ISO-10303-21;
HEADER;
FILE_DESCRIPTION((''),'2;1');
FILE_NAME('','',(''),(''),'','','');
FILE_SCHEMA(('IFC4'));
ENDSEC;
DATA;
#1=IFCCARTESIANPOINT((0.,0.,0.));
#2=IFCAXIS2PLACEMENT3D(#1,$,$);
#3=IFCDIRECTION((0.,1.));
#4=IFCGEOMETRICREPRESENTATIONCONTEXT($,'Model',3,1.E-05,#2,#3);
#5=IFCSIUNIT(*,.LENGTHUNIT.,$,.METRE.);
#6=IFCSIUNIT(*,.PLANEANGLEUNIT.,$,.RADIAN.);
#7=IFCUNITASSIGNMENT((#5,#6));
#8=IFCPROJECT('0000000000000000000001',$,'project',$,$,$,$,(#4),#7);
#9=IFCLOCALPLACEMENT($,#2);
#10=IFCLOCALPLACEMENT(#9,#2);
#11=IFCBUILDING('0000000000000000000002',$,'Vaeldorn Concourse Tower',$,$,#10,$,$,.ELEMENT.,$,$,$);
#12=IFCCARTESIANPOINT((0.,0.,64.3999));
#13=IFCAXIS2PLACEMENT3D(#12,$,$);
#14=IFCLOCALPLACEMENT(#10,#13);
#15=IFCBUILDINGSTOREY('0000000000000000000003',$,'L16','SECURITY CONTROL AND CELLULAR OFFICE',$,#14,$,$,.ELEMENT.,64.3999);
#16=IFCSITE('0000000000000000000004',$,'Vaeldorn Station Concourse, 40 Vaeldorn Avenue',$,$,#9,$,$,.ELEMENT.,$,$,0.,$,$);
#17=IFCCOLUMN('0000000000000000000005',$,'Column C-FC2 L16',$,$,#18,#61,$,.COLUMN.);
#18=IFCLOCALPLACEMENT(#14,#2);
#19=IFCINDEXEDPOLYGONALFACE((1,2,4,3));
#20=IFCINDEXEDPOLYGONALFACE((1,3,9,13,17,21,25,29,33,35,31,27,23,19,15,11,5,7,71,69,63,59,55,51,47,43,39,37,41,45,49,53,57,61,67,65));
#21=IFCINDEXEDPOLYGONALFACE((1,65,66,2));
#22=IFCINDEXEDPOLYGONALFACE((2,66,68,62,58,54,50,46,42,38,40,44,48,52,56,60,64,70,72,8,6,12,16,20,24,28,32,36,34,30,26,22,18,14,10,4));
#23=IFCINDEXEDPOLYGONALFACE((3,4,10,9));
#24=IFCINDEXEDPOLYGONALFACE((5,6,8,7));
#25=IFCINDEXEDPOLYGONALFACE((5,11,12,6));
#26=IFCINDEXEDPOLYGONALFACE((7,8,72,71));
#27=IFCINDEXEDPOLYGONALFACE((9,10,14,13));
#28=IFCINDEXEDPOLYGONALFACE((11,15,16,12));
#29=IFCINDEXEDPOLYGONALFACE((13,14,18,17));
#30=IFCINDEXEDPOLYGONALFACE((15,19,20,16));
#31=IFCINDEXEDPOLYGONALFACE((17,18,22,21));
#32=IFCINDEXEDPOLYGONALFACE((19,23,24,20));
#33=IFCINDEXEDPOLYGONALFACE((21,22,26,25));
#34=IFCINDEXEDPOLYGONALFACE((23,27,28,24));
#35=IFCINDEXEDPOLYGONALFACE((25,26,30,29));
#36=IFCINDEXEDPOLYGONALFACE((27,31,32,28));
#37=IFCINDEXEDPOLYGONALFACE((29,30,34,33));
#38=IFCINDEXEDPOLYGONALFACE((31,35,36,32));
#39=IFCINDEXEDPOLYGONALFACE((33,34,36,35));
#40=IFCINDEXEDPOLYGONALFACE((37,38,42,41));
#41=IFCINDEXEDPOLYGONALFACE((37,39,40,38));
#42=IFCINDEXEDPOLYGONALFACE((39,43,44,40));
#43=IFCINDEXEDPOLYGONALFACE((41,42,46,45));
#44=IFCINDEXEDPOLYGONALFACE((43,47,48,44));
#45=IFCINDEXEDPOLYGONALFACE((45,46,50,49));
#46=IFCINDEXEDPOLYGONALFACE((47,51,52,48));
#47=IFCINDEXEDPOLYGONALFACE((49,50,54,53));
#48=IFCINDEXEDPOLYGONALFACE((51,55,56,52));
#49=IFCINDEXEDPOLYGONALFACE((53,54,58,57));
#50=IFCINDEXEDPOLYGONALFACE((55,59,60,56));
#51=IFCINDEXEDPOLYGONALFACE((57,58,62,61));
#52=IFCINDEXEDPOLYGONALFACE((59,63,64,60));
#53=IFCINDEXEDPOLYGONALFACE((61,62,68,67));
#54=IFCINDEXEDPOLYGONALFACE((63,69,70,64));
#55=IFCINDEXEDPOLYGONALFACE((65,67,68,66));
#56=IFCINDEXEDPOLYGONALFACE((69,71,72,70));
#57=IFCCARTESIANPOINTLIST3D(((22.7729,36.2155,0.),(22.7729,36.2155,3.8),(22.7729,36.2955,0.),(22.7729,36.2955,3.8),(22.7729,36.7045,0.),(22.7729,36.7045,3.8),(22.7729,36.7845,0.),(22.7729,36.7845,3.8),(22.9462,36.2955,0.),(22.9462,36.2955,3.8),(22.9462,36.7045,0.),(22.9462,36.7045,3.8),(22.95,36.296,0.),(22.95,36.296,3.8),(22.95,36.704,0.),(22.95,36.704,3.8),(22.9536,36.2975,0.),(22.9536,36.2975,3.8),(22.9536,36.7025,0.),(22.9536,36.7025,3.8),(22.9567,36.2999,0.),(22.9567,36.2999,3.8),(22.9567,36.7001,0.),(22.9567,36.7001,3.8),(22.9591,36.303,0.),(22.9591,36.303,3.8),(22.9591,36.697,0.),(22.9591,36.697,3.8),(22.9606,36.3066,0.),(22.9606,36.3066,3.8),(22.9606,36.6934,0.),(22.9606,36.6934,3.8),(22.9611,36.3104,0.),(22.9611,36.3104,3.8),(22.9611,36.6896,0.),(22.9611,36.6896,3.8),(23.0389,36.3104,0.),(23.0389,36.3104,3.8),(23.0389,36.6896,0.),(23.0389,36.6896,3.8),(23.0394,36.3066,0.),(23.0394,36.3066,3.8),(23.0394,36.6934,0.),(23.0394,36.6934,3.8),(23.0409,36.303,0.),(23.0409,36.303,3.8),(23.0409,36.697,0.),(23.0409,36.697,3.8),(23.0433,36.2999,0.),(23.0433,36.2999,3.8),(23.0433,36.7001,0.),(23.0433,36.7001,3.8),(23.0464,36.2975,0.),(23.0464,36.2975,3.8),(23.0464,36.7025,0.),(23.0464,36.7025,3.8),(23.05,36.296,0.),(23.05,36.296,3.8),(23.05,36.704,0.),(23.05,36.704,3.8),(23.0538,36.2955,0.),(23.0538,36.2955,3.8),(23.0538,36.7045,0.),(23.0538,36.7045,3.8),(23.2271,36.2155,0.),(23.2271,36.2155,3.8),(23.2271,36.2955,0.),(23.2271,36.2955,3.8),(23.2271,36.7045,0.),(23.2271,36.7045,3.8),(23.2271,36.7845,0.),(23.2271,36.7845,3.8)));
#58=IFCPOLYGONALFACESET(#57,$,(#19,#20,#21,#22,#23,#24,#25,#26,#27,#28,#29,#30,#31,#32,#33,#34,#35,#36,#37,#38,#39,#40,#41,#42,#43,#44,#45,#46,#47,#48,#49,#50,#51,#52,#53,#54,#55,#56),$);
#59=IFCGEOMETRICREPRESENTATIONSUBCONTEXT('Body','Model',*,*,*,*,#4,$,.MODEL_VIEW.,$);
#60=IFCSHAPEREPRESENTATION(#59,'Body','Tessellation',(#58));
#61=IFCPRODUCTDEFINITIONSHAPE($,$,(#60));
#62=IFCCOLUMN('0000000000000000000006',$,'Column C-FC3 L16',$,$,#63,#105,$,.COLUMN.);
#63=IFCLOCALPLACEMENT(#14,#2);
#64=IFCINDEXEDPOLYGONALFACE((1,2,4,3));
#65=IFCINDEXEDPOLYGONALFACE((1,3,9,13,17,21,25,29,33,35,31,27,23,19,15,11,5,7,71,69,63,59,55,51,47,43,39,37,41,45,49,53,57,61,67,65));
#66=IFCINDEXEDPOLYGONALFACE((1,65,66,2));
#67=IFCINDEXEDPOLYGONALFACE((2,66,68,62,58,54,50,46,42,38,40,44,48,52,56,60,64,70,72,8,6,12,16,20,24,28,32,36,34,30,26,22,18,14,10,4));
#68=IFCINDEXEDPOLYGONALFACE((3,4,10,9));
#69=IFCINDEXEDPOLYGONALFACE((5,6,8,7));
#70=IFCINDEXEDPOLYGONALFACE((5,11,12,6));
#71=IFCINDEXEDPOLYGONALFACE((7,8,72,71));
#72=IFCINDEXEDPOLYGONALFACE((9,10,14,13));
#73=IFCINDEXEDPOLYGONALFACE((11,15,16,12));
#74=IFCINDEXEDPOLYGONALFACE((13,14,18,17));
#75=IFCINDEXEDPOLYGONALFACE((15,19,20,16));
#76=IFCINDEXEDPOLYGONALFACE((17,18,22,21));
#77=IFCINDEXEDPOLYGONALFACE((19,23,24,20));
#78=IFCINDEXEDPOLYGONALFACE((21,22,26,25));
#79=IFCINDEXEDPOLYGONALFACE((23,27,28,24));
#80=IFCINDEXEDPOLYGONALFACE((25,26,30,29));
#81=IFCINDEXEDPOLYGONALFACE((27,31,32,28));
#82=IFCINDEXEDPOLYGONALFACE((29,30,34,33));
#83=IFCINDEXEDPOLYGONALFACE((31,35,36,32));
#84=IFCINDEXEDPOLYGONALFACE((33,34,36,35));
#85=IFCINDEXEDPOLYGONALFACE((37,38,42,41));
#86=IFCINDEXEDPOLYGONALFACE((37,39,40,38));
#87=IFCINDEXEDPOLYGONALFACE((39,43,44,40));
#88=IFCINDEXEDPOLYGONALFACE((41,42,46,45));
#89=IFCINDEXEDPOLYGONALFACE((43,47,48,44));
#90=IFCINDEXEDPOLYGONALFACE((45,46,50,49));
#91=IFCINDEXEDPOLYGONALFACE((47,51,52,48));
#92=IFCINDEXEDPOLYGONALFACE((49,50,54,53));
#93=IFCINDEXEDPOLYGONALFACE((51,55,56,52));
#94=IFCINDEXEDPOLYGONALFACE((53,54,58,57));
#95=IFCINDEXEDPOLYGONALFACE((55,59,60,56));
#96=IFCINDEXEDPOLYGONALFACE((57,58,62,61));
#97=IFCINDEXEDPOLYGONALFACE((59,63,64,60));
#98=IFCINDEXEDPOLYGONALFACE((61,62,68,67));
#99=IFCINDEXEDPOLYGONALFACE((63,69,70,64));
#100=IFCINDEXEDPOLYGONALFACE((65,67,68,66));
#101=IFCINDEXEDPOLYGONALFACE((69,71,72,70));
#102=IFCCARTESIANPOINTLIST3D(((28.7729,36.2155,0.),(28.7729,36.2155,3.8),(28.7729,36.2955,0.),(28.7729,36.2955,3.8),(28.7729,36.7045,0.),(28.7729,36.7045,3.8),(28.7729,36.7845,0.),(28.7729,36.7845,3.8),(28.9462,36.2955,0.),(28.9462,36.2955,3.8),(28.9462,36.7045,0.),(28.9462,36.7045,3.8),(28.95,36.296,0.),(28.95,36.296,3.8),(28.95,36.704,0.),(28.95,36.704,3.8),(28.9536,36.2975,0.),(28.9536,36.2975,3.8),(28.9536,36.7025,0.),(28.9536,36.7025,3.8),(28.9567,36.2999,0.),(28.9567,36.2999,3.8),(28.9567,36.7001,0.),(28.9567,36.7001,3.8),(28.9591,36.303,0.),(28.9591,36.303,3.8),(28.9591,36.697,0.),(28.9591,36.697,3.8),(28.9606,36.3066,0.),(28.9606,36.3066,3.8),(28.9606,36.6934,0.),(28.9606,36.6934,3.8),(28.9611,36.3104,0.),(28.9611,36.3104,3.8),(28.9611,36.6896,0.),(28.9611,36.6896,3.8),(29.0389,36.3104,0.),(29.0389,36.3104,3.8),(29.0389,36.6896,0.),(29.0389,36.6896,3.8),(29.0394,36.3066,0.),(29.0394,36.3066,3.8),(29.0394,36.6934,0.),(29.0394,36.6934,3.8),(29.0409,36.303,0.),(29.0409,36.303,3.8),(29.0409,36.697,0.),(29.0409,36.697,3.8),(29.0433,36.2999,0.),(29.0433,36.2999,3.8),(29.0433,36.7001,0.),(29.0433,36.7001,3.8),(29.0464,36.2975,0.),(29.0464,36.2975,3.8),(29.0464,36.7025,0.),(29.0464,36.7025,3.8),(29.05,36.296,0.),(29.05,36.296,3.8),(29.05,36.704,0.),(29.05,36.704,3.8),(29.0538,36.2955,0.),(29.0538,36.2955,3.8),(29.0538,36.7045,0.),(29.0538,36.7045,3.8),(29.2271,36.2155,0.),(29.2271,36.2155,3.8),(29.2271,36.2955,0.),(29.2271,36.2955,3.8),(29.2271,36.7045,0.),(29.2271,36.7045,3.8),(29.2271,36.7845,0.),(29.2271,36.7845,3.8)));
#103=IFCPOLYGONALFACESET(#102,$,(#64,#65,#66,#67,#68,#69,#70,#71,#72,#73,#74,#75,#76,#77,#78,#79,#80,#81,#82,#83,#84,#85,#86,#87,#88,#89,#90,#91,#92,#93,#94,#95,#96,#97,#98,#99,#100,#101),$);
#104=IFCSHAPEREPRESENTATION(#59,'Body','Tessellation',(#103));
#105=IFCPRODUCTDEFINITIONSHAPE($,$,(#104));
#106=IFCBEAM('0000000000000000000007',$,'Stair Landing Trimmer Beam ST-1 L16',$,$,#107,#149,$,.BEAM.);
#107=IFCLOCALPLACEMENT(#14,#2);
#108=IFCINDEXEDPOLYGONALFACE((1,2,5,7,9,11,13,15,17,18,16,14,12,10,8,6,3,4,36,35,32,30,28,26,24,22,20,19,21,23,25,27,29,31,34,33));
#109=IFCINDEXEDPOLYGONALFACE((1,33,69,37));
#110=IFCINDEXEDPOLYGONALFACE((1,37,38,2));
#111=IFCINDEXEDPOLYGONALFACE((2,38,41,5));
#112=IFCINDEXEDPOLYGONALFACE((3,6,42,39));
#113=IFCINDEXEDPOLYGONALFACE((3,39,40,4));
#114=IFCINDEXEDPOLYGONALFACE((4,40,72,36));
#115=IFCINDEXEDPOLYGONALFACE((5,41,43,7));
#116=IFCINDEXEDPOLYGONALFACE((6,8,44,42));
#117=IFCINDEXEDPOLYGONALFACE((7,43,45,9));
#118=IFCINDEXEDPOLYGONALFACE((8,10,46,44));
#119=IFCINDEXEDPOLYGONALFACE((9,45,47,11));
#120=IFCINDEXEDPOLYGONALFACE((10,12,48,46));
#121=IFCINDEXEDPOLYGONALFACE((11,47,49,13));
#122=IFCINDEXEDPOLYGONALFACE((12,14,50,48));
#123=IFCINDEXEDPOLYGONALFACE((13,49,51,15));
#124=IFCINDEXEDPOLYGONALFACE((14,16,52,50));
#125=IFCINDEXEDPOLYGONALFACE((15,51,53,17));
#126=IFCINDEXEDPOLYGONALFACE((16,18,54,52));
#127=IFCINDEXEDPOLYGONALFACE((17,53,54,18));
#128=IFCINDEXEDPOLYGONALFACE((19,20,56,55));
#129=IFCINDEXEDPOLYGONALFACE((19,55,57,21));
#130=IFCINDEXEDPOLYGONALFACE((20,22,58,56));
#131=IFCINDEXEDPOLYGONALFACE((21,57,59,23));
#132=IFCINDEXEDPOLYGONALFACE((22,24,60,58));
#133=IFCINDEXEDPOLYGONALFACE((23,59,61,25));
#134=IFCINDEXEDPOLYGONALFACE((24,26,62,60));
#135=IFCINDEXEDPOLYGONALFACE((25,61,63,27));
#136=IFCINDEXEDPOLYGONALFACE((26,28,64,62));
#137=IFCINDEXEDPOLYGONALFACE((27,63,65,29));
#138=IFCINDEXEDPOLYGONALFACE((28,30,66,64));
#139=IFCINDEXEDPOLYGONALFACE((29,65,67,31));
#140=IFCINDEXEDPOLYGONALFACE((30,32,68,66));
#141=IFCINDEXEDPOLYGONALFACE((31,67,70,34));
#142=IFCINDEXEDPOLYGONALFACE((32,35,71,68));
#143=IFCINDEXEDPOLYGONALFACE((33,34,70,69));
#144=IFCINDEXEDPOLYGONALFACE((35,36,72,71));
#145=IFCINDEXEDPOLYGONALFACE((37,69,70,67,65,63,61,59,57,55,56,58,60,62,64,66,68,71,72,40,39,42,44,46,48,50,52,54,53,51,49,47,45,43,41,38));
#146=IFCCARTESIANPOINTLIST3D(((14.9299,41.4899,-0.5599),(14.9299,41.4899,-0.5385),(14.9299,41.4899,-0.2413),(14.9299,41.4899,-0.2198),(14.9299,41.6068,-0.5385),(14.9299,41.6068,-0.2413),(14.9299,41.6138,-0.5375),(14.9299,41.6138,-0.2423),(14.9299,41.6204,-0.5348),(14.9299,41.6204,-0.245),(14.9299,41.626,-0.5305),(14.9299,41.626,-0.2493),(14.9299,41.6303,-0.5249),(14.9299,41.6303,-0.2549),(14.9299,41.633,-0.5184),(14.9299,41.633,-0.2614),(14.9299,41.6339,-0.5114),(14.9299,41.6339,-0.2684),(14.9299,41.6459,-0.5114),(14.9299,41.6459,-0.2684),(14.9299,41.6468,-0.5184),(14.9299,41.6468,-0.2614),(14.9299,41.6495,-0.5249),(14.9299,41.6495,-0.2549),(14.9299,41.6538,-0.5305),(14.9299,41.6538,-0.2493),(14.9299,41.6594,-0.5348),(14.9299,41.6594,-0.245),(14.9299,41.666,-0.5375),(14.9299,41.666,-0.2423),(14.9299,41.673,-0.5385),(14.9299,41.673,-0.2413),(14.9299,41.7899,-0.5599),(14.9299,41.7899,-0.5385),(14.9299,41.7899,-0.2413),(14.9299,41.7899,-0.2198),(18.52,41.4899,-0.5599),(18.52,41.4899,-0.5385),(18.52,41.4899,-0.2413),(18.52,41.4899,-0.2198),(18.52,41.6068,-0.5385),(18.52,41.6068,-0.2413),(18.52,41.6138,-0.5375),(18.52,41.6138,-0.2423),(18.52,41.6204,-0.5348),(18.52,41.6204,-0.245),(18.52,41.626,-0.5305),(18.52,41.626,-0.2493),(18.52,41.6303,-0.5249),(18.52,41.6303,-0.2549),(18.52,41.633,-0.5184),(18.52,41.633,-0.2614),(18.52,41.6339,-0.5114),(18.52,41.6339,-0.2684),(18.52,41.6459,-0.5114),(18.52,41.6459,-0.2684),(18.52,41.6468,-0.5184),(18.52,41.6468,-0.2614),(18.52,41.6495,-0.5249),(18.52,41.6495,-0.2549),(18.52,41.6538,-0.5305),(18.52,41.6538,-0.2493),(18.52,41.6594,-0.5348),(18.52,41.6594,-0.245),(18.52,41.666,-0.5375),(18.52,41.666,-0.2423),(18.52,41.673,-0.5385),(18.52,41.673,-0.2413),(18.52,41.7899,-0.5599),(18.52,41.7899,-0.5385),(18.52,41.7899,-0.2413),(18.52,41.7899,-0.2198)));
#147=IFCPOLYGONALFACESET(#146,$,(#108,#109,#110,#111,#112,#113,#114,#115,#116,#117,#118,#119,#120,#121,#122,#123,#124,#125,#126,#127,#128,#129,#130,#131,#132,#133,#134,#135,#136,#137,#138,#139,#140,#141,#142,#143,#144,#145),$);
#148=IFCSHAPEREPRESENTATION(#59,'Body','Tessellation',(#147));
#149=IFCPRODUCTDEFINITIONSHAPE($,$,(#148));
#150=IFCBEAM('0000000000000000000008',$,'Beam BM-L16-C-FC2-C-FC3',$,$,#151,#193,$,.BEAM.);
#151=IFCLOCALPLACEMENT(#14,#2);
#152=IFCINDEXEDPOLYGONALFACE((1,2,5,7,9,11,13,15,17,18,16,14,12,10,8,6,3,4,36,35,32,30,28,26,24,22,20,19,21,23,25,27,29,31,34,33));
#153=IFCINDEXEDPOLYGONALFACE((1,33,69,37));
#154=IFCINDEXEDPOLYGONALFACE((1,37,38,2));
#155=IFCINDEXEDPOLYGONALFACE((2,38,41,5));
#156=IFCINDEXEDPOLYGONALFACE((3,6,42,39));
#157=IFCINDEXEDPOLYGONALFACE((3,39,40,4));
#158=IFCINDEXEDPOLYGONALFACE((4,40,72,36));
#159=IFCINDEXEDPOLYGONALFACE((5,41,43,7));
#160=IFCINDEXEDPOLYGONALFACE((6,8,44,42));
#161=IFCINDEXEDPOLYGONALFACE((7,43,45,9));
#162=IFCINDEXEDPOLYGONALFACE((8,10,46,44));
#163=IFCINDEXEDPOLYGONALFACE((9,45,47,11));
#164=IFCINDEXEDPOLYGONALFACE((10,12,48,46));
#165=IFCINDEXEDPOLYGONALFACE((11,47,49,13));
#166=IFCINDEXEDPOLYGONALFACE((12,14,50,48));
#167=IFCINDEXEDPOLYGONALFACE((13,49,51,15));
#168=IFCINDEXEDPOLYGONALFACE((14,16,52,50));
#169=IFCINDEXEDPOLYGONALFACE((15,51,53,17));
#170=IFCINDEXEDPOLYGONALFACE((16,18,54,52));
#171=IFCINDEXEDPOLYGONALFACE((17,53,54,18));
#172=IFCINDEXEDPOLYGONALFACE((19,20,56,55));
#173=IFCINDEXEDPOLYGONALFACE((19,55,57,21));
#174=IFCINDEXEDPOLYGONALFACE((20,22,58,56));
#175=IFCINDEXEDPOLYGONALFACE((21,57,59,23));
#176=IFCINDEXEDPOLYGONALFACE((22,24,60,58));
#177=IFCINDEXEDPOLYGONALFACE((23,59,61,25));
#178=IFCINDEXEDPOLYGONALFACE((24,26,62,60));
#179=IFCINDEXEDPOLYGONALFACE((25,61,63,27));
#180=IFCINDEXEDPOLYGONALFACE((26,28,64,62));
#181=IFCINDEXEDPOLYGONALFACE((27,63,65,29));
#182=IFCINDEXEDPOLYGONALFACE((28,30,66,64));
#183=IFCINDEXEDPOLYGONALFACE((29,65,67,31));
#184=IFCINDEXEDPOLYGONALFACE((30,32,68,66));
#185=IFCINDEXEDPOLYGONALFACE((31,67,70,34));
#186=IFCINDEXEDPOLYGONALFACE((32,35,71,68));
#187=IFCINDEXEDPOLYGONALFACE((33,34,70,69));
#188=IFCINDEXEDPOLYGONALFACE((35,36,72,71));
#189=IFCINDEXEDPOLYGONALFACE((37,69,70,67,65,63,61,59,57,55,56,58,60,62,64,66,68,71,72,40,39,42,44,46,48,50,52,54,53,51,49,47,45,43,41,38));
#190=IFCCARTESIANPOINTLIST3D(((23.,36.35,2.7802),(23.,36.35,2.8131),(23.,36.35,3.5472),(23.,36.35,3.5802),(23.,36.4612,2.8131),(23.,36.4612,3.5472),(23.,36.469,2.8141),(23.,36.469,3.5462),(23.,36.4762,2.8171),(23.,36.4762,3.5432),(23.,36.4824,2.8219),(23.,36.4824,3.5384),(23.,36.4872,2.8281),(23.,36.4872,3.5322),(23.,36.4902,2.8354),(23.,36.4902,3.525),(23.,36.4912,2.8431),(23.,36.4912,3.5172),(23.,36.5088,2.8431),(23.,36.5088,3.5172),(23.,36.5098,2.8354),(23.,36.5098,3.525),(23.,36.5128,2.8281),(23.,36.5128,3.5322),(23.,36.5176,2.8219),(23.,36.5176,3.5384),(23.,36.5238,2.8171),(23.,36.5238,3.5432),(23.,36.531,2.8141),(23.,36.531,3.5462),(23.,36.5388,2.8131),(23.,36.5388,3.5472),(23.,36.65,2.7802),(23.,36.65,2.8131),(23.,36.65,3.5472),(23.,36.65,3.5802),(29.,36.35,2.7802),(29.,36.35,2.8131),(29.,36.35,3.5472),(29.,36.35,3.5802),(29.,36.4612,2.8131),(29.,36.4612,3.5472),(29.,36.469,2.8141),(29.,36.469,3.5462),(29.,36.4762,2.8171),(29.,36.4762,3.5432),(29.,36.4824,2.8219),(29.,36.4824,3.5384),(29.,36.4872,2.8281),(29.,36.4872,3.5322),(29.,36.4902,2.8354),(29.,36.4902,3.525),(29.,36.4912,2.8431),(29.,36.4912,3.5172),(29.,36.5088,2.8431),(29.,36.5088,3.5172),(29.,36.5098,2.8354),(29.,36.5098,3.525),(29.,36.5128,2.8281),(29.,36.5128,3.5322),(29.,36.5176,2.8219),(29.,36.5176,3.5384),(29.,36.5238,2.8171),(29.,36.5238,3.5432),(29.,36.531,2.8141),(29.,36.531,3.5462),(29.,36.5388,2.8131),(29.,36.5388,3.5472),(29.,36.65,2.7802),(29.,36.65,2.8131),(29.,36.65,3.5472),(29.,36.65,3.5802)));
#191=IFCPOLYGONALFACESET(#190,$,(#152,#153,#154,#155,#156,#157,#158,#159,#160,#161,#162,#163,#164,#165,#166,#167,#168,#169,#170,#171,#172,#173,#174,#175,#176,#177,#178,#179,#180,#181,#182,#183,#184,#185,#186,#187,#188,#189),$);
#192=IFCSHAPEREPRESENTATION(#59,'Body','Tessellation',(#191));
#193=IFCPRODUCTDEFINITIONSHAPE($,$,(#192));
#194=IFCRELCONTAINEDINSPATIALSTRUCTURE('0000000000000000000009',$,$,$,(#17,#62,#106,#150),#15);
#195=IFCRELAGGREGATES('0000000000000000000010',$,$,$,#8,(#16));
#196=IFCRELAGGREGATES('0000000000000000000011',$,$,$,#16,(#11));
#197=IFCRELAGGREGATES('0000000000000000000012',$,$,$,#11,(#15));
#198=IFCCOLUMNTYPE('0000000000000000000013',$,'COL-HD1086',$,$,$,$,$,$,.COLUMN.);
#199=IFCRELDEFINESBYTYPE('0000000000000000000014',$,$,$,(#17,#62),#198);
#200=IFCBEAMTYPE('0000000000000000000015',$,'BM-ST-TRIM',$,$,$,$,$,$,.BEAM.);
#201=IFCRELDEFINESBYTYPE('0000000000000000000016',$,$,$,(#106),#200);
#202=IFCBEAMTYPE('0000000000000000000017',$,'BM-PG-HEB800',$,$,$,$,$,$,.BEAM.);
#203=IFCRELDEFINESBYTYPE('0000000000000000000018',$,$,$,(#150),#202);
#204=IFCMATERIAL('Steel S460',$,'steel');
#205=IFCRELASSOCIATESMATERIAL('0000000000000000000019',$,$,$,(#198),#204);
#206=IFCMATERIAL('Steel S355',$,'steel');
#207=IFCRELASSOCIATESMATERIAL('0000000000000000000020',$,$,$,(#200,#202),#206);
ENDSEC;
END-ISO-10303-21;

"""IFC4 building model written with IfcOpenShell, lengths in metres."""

from ifc_helpers import new_model, si_unit, direction, frame, origin, origin_2d, place, context, subcontext, project, spatial, i_section, extrude, source, transform, mapped, material, material_profile, profile_set, type_object, element, save


model = new_model("IFC4")

# Units and contexts
model_context = context("Model", 3, precision=1e-05, world=origin(), true_north=direction((0.0, 1.0)))
body_context = subcontext(model_context, "Body", "Model", "MODEL_VIEW")
ifc_project = project(units=[si_unit("LENGTHUNIT", "METRE"), si_unit("PLANEANGLEUNIT", "RADIAN")], contexts=[model_context])

# Site, building, storey
site_placement = place(None, origin())
site = spatial("IfcSite", under=ifc_project, at=site_placement, Name="Vaeldorn Station Concourse, 40 Vaeldorn Avenue", CompositionType="ELEMENT", RefElevation=0.0)
building_placement = place(site_placement, origin())
building = spatial("IfcBuilding", under=site, at=building_placement, Name="Vaeldorn Concourse Tower", CompositionType="ELEMENT")
storey_placement = place(building_placement, frame((0.0, 0.0, 64.3999)))
storey = spatial("IfcBuildingStorey", under=building, at=storey_placement, Name="L16", Description="SECURITY CONTROL AND CELLULAR OFFICE", CompositionType="ELEMENT", Elevation=64.3999)

# Columns
ifc_material_1 = material(Name="Steel S460", Category="steel")
ifc_material_profile_1 = material_profile(ifc_material_1, i_section(OverallWidth=0.4541, OverallDepth=0.5691, WebThickness=0.0779, FlangeThickness=0.0801, FilletRadius=0.0149, at=origin_2d()), Name="HD 400x1086")
ifc_profile_set_1 = profile_set([ifc_material_profile_1], Name="Steel S460")
column_type = type_object("IfcColumnType", Name="COL-HD1086", PredefinedType="COLUMN", material=ifc_profile_set_1)
shared_shape_1 = source(origin(), body_context, "Body", "SweptSolid", [
    extrude(i_section(OverallWidth=0.4541, OverallDepth=0.5691, WebThickness=0.0779, FlangeThickness=0.0801, FilletRadius=0.0149, at=origin_2d()), origin(), (0.0, 0.0, 1.0), 3.8),
])
for number, where, z_axis, x_axis, name in (
    (1, (23.0, 36.5, 0.0), (0.0, 0.0, 1.0), (1.0, 0.0, 0.0), "Column C-FC2 L16"),
    (2, (29.0, 36.5, 0.0), (0.0, 0.0, 1.0), (1.0, 0.0, 0.0), "Column C-FC3 L16"),
):
    element("IfcColumn", number, at=place(storey_placement, frame(where, z_axis=z_axis, x_axis=x_axis)), inside=storey, type_object=column_type, Name=name, PredefinedType="COLUMN", context=body_context, shape_type="MappedRepresentation", body=[
        mapped(shared_shape_1, transform((0.0, 0.0, 0.0), scale=1.0)),
    ])

# Beams
ifc_material_2 = material(Name="Steel S355", Category="steel")
ifc_material_profile_2 = material_profile(ifc_material_2, i_section(OverallWidth=0.3, OverallDepth=0.3401, WebThickness=0.012, FlangeThickness=0.0215, FilletRadius=0.0271, at=origin_2d()), Name="HEB 340")
ifc_profile_set_2 = profile_set([ifc_material_profile_2], Name="Steel S355")
beam_type_1 = type_object("IfcBeamType", Name="BM-ST-TRIM", PredefinedType="BEAM", material=ifc_profile_set_2)
shared_shape_2 = source(origin(), body_context, "Body", "SweptSolid", [
    extrude(i_section(OverallWidth=0.3, OverallDepth=0.3401, WebThickness=0.012, FlangeThickness=0.0215, FilletRadius=0.0271, at=origin_2d()), origin(), (0.0, 0.0, 1.0), 3.5901),
])
beam_1_placement = place(storey_placement, frame((14.9299, 41.6399, -0.3899), z_axis=(1.0, 0.0, 0.0), x_axis=(0.0, 1.0, 0.0)))
element("IfcBeam", 3, at=beam_1_placement, inside=storey, type_object=beam_type_1, Name="Stair Landing Trimmer Beam ST-1 L16", PredefinedType="BEAM", context=body_context, shape_type="MappedRepresentation", body=[
    mapped(shared_shape_2, transform((0.0, 0.0, 0.0), scale=1.0)),
])
ifc_material_profile_3 = material_profile(ifc_material_2, i_section(OverallWidth=0.3, OverallDepth=0.8, WebThickness=0.0176, FlangeThickness=0.033, FilletRadius=0.03, at=origin_2d()), Name="HEB 800")
ifc_profile_set_3 = profile_set([ifc_material_profile_3], Name="Steel S355")
beam_type_2 = type_object("IfcBeamType", Name="BM-PG-HEB800", PredefinedType="BEAM", material=ifc_profile_set_3)
shared_shape_3 = source(origin(), body_context, "Body", "SweptSolid", [
    extrude(i_section(OverallWidth=0.3, OverallDepth=0.8, WebThickness=0.0176, FlangeThickness=0.033, FilletRadius=0.03, at=origin_2d()), origin(), (0.0, 0.0, 1.0), 6.0),
])
beam_2_placement = place(storey_placement, frame((23.0, 36.5, 3.1802), z_axis=(1.0, 0.0, 0.0), x_axis=(0.0, 1.0, 0.0)))
element("IfcBeam", 4, at=beam_2_placement, inside=storey, type_object=beam_type_2, Name="Beam BM-L16-C-FC2-C-FC3", PredefinedType="BEAM", context=body_context, shape_type="MappedRepresentation", body=[
    mapped(shared_shape_3, transform((0.0, 0.0, 0.0), scale=1.0)),
])

save(model, "model.ifc")
